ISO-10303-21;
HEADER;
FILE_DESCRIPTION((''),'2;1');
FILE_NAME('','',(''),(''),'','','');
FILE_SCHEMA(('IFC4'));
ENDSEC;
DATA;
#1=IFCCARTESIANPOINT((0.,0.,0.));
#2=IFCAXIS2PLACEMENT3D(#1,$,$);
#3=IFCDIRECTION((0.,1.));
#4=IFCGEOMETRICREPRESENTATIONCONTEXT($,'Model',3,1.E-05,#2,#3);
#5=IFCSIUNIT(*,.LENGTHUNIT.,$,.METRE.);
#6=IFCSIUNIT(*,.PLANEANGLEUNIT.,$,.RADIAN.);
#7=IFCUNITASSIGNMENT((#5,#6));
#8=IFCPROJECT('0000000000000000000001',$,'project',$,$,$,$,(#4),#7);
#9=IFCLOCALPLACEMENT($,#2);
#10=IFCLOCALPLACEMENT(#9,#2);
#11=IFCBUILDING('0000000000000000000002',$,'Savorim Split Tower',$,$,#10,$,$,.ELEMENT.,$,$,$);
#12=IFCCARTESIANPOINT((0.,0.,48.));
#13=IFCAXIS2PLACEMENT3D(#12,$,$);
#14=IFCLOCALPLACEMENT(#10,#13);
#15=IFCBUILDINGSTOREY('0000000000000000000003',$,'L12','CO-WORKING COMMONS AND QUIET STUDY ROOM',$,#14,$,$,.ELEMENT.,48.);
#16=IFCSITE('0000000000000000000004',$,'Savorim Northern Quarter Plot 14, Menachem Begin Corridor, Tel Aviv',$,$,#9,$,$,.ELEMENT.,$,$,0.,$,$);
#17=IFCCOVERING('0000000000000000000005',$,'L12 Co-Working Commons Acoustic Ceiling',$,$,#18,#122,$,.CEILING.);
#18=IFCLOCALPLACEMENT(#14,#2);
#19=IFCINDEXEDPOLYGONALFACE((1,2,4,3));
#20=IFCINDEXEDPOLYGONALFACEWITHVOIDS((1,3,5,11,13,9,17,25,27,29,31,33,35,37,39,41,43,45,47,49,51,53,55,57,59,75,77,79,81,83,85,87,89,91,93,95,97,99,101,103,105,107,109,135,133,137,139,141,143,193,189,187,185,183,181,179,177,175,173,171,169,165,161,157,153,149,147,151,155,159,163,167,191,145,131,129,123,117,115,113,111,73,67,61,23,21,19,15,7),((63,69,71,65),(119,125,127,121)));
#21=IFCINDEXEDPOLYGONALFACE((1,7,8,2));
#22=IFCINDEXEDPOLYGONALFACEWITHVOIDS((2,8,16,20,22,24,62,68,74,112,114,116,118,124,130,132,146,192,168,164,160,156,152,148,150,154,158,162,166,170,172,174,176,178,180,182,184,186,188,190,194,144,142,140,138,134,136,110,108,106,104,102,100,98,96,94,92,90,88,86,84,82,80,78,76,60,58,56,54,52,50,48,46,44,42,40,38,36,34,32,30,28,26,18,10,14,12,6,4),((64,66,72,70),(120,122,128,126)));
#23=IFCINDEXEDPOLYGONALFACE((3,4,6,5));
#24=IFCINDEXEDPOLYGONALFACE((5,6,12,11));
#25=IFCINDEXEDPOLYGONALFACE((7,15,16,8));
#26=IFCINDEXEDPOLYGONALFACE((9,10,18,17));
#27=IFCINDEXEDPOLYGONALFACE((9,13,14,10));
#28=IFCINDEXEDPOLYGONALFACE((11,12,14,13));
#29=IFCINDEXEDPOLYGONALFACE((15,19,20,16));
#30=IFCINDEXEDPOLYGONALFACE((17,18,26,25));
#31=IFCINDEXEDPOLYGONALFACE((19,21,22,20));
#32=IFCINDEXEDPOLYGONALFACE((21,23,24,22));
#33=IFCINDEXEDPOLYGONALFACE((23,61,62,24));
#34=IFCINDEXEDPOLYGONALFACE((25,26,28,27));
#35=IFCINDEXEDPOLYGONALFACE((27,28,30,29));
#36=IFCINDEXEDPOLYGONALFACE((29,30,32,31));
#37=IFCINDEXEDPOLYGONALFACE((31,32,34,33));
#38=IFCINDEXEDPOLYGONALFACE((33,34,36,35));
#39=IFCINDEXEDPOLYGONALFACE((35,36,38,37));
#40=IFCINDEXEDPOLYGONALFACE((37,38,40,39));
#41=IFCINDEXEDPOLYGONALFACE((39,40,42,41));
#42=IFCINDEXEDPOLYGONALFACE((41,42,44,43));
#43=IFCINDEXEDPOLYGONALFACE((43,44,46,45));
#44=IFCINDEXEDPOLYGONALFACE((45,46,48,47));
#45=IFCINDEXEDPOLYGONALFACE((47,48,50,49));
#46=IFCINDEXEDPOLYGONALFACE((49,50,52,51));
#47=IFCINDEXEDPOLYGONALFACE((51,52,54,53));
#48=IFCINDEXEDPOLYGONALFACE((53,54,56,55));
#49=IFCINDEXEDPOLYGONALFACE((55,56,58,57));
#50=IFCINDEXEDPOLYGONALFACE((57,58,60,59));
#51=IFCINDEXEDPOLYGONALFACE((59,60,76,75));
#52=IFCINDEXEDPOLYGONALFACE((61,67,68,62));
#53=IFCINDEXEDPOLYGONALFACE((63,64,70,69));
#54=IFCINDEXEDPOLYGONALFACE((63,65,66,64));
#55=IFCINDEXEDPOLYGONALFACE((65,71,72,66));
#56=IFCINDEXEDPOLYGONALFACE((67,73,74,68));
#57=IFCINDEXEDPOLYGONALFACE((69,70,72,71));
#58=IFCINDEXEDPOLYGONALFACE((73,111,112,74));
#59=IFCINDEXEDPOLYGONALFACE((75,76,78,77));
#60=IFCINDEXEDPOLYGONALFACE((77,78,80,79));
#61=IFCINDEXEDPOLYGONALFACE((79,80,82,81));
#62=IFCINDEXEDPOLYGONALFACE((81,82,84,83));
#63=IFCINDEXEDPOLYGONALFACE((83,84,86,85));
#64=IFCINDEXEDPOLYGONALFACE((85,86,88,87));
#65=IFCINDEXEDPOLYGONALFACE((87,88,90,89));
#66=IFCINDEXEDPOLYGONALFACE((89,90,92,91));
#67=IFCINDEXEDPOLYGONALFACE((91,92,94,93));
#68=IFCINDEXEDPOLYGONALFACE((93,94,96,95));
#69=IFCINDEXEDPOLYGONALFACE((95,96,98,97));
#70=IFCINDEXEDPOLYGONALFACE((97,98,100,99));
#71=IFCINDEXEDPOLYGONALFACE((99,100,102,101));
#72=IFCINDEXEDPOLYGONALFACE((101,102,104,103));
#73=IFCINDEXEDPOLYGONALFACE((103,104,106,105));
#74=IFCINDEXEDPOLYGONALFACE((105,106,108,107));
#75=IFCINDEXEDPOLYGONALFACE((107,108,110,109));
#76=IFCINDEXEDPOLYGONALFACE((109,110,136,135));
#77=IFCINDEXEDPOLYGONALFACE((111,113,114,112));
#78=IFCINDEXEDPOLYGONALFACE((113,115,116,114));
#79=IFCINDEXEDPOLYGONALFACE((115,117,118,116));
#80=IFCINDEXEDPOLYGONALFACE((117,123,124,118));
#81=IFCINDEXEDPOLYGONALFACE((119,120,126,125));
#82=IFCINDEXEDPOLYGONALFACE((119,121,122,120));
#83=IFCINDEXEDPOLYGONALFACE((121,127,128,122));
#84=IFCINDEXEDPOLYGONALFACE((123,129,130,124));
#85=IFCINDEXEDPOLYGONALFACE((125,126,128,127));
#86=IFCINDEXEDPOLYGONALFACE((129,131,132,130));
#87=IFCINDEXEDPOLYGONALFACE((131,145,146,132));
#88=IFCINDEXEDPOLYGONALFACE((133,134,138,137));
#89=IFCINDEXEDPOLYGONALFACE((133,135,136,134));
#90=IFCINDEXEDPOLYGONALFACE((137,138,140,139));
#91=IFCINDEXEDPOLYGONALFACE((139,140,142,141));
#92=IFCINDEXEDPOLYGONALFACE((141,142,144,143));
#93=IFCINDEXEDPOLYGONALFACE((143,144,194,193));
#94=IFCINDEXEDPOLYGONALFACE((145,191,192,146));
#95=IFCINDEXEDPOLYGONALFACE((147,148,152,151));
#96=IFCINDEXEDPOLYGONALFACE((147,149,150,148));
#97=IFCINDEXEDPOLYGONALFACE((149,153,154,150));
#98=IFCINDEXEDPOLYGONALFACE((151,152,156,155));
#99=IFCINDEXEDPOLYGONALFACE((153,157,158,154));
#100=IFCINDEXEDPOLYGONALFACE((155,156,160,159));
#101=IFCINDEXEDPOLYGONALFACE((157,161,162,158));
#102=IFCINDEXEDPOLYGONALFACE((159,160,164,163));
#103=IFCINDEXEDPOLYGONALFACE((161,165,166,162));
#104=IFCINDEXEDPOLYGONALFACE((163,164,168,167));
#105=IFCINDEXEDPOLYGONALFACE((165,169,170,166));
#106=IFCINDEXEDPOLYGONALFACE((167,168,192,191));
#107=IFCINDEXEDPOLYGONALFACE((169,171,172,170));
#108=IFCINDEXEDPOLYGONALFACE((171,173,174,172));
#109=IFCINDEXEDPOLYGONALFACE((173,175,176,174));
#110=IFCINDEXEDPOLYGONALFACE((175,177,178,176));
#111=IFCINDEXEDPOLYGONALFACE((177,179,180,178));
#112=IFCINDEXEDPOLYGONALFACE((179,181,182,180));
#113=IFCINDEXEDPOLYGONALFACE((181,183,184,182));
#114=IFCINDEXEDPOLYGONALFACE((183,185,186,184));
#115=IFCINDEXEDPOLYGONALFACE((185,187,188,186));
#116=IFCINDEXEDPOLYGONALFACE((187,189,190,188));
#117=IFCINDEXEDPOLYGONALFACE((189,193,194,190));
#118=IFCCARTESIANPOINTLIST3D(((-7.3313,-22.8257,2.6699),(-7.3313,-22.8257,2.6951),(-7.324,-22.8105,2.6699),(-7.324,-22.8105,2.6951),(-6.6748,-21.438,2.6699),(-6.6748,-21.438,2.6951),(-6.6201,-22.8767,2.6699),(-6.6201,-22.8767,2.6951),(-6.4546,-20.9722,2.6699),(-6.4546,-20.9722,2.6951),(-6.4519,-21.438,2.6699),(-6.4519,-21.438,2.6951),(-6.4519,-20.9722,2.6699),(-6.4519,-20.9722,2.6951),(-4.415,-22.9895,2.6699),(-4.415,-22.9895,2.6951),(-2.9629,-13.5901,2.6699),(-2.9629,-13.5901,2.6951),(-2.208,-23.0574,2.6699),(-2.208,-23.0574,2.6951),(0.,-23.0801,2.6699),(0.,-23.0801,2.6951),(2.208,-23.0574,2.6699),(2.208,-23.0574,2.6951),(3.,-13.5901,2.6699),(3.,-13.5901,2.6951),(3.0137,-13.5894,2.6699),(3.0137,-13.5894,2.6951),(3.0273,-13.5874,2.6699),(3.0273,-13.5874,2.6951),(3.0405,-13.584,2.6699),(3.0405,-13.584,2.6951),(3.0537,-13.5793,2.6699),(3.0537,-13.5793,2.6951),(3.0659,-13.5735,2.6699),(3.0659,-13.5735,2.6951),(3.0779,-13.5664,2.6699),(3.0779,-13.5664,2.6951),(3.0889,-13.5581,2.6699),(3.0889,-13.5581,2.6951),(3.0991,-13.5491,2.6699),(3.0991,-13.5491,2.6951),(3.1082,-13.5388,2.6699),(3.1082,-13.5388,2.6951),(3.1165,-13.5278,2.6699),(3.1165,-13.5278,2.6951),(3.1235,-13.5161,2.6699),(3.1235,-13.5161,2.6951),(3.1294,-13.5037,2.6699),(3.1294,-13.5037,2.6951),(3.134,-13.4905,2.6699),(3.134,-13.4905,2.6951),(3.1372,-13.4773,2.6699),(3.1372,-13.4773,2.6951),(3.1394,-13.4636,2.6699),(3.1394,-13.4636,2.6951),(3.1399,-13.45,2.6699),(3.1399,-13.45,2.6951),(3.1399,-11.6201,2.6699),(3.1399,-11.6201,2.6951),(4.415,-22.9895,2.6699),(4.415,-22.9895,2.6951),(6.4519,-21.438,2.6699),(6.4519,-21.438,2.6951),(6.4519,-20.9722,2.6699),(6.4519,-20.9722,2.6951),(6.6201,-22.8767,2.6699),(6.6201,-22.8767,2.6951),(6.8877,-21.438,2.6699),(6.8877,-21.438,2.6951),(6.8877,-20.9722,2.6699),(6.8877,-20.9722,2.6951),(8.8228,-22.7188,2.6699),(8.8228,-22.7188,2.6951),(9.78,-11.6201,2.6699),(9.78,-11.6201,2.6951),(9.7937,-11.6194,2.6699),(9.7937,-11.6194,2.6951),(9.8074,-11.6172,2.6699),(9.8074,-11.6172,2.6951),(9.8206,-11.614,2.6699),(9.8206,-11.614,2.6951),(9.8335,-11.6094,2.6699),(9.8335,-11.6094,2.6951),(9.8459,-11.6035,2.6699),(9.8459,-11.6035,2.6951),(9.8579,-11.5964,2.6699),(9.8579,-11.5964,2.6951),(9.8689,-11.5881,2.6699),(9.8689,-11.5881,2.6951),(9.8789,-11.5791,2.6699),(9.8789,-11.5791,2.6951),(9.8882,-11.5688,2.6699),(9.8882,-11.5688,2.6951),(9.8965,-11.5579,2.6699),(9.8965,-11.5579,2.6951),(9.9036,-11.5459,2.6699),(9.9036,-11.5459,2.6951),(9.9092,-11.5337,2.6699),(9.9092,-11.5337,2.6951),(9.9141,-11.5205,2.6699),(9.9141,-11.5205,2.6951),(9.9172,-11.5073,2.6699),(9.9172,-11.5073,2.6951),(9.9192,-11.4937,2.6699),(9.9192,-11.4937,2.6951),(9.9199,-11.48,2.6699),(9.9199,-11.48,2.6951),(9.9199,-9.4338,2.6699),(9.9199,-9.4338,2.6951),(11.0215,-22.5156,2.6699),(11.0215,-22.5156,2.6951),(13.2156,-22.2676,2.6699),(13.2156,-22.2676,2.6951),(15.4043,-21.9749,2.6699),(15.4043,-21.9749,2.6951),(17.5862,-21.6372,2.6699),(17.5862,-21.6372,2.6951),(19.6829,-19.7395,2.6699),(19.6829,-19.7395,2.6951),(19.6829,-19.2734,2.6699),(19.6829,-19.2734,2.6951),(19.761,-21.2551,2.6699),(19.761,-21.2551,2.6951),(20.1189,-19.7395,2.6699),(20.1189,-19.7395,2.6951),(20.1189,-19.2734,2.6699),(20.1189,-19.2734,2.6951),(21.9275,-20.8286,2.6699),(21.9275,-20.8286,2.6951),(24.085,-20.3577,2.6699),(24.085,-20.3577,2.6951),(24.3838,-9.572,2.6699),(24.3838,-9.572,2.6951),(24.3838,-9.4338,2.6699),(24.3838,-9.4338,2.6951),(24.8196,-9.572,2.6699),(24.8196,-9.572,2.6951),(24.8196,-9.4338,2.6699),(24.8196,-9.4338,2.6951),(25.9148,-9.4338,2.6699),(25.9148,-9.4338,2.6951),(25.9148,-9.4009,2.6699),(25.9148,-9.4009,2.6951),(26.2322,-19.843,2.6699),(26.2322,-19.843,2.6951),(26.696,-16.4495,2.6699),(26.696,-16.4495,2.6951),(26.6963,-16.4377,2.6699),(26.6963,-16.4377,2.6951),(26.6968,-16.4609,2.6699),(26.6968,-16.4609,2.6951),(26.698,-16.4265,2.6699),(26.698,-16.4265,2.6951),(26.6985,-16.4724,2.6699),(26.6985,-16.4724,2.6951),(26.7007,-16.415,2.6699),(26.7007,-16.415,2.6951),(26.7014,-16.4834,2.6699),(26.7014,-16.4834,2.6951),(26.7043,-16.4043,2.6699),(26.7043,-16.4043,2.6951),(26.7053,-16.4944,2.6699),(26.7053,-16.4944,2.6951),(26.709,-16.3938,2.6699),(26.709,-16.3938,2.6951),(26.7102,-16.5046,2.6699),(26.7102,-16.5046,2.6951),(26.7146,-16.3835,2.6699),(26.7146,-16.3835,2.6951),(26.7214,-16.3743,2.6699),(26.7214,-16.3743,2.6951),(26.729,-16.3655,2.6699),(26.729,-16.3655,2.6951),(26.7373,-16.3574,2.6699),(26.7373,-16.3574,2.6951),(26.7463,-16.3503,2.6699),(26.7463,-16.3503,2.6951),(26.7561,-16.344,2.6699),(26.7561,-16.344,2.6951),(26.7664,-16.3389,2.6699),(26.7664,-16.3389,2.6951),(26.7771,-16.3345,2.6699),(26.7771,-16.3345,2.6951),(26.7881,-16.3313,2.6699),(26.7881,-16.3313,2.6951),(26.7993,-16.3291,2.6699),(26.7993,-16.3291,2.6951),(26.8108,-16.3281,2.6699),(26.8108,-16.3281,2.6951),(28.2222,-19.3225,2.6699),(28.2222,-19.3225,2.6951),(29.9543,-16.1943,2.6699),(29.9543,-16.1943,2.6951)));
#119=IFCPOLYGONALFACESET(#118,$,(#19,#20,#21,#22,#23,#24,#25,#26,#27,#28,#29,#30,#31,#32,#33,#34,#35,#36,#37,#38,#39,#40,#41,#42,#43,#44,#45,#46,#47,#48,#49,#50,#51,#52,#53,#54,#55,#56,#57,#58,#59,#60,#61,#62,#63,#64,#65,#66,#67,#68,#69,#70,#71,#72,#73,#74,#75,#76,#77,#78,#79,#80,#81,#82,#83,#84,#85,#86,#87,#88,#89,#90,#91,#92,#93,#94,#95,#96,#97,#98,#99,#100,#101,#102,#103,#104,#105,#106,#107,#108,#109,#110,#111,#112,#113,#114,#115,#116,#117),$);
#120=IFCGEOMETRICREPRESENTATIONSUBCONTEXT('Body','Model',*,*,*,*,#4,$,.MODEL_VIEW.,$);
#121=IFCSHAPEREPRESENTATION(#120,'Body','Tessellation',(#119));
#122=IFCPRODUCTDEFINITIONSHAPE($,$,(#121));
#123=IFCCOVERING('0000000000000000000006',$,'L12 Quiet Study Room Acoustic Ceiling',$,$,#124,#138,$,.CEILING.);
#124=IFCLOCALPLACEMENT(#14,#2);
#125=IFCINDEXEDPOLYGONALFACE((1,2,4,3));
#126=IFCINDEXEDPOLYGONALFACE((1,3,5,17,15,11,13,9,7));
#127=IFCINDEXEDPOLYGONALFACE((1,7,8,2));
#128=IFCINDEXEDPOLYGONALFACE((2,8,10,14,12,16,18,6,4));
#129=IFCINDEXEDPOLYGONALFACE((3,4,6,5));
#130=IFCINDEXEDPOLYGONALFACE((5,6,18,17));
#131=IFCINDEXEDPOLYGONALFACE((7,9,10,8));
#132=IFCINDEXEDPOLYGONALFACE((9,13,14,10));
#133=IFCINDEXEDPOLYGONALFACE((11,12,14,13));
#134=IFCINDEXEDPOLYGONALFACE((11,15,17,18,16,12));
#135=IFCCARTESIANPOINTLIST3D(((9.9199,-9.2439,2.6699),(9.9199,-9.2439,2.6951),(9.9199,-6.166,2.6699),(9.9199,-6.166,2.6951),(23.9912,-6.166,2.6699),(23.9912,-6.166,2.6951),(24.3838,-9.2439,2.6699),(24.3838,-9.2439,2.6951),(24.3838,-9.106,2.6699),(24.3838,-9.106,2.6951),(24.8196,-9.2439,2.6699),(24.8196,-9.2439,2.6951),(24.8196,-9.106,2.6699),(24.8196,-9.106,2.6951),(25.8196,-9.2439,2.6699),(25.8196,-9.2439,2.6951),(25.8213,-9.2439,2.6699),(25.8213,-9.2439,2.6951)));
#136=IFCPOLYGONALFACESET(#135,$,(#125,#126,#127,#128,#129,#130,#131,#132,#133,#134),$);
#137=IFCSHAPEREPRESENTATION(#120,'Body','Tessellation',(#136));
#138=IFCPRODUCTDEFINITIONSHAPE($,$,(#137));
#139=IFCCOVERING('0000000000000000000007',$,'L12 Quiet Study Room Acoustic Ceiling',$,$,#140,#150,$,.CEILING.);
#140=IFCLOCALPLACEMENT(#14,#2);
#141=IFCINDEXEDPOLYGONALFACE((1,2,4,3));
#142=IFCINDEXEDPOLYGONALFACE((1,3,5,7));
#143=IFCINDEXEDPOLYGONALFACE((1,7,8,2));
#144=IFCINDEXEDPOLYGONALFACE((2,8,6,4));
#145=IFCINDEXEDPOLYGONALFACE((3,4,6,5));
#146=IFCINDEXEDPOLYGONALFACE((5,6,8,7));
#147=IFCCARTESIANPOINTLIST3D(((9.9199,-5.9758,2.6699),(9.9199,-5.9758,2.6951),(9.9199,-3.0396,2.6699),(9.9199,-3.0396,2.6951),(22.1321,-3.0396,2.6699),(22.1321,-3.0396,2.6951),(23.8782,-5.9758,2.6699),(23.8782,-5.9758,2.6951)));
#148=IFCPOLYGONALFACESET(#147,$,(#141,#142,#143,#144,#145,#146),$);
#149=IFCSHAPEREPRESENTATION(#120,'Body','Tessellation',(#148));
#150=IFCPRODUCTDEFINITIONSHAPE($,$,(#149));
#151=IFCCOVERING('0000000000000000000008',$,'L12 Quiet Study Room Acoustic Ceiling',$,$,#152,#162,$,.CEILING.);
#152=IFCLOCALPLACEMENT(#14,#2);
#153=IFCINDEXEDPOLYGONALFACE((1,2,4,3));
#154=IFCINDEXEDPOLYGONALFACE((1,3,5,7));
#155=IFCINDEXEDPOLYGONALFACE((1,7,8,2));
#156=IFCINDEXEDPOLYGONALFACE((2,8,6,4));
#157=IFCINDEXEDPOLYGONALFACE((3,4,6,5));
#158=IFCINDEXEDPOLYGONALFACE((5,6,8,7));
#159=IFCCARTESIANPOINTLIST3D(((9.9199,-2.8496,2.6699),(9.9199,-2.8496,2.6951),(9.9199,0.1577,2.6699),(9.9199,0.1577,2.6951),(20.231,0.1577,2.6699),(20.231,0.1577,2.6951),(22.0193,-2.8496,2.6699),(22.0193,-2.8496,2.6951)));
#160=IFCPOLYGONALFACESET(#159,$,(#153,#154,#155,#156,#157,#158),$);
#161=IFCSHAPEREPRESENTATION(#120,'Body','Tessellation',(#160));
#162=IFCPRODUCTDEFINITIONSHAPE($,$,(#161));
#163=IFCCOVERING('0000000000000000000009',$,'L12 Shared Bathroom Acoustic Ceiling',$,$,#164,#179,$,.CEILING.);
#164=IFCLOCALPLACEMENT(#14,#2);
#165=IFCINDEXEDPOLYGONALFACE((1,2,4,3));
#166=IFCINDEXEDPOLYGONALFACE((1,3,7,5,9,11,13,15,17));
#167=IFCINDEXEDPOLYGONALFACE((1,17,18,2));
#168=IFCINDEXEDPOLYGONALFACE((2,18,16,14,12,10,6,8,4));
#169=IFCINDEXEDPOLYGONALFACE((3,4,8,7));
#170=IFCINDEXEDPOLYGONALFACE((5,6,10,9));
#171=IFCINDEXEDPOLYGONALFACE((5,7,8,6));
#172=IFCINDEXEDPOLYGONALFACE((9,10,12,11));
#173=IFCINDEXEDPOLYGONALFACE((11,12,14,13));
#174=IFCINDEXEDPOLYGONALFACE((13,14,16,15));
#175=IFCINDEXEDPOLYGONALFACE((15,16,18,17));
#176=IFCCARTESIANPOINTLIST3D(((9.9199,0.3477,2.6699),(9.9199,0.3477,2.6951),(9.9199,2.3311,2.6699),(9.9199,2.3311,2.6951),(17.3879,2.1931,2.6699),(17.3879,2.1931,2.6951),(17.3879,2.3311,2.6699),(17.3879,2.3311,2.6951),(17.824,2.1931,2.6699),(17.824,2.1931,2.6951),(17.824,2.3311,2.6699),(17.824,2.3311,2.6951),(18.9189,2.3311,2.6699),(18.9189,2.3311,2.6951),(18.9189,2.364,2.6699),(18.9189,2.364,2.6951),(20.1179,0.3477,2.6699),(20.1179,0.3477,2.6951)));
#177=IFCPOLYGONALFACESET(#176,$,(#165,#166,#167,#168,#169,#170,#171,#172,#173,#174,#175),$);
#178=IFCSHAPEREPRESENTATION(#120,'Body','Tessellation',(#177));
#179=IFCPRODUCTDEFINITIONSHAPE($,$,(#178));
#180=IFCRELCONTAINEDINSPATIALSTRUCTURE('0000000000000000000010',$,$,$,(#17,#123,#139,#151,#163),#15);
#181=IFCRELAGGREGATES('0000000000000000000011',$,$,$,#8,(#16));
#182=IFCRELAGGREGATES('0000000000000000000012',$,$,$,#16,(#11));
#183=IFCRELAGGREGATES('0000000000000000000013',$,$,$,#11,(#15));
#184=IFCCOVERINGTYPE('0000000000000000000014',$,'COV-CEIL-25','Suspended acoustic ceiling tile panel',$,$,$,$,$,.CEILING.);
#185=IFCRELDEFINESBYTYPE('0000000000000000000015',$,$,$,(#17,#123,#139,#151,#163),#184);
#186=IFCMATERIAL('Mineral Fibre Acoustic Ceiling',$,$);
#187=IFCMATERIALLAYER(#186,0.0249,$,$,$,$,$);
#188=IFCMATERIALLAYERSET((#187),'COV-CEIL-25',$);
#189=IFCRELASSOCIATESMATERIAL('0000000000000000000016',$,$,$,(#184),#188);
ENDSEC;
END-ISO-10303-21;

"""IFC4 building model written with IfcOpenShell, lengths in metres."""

from ifc_helpers import new_model, si_unit, direction, frame, origin, place, context, subcontext, project, spatial, polyline, outline, extrude, material, layer, layer_set, type_object, element, save


model = new_model("IFC4")

# Units and contexts
model_context = context("Model", 3, precision=1e-05, world=origin(), true_north=direction((0.0, 1.0)))
body_context = subcontext(model_context, "Body", "Model", "MODEL_VIEW")
ifc_project = project(units=[si_unit("LENGTHUNIT", "METRE"), si_unit("PLANEANGLEUNIT", "RADIAN")], contexts=[model_context])

# Site, building, storey
site_placement = place(None, origin())
site = spatial("IfcSite", under=ifc_project, at=site_placement, Name="Savorim Northern Quarter Plot 14, Menachem Begin Corridor, Tel Aviv", CompositionType="ELEMENT", RefElevation=0.0)
building_placement = place(site_placement, origin())
building = spatial("IfcBuilding", under=site, at=building_placement, Name="Savorim Split Tower", CompositionType="ELEMENT")
storey_placement = place(building_placement, frame((0.0, 0.0, 48.0)))
storey = spatial("IfcBuildingStorey", under=building, at=storey_placement, Name="L12", Description="CO-WORKING COMMONS AND QUIET STUDY ROOM", CompositionType="ELEMENT", Elevation=48.0)

# Coverings
ifc_material_1 = material(Name="Mineral Fibre Acoustic Ceiling")
ifc_layer_1 = layer(ifc_material_1, 0.0249)
ifc_layer_set_1 = layer_set([ifc_layer_1], Name="COV-CEIL-25")
covering_type_1 = type_object("IfcCoveringType", Name="COV-CEIL-25", Description="Suspended acoustic ceiling tile panel", PredefinedType="CEILING", material=ifc_layer_set_1)
covering_1_placement = place(storey_placement, frame((0.0, 0.0, 2.6699)))
element("IfcCovering", 1, at=covering_1_placement, inside=storey, type_object=covering_type_1, Name="L12 Co-Working Commons Acoustic Ceiling", PredefinedType="CEILING", context=body_context, shape_type="SweptSolid", body=[
    extrude(outline(polyline([(26.7881, -16.3313), (26.7993, -16.3291), (26.8108, -16.3281), (29.9543, -16.1943), (25.9148, -9.4009), (25.9148, -9.4338), (24.8196, -9.4338), (24.8196, -9.572), (24.3838, -9.572), (24.3838, -9.4338), (9.9199, -9.4338), (9.9199, -11.48), (9.9192, -11.4937), (9.9172, -11.5073), (9.9141, -11.5205), (9.9092, -11.5337), (9.9036, -11.5459), (9.8965, -11.5579), (9.8882, -11.5688), (9.8789, -11.5791), (9.8689, -11.5881), (9.8579, -11.5964), (9.8459, -11.6035), (9.8335, -11.6094), (9.8206, -11.614), (9.8074, -11.6172), (9.7937, -11.6194), (9.78, -11.6201), (3.1399, -11.6201), (3.1399, -13.45), (3.1394, -13.4636), (3.1372, -13.4773), (3.134, -13.4905), (3.1294, -13.5037), (3.1235, -13.5161), (3.1165, -13.5278), (3.1082, -13.5388), (3.0991, -13.5491), (3.0889, -13.5581), (3.0779, -13.5664), (3.0659, -13.5735), (3.0537, -13.5793), (3.0405, -13.584), (3.0273, -13.5874), (3.0137, -13.5894), (3.0, -13.5901), (-2.9629, -13.5901), (-6.4546, -20.9722), (-6.4519, -20.9722), (-6.4519, -21.438), (-6.6748, -21.438), (-7.324, -22.8105), (-7.3313, -22.8257), (-6.6201, -22.8767), (-4.415, -22.9895), (-2.208, -23.0574), (0.0, -23.0801), (2.208, -23.0574), (4.415, -22.9895), (6.6201, -22.8767), (8.8228, -22.7188), (11.0215, -22.5156), (13.2156, -22.2676), (15.4043, -21.9749), (17.5862, -21.6372), (19.761, -21.2551), (21.9275, -20.8286), (24.085, -20.3577), (26.2322, -19.843), (28.2222, -19.3225), (26.7102, -16.5046), (26.7053, -16.4944), (26.7014, -16.4834), (26.6985, -16.4724), (26.6968, -16.4609), (26.696, -16.4495), (26.6963, -16.4377), (26.698, -16.4265), (26.7007, -16.415), (26.7043, -16.4043), (26.709, -16.3938), (26.7146, -16.3835), (26.7214, -16.3743), (26.729, -16.3655), (26.7373, -16.3574), (26.7463, -16.3503), (26.7561, -16.344), (26.7664, -16.3389), (26.7771, -16.3345), (26.7881, -16.3313)]), holes=[polyline([(6.4519, -21.438), (6.8877, -21.438), (6.8877, -20.9722), (6.4519, -20.9722), (6.4519, -21.438)]), polyline([(20.1189, -19.7395), (20.1189, -19.2734), (19.6829, -19.2734), (19.6829, -19.7395), (20.1189, -19.7395)])]), origin(), (0.0, 0.0, 1.0), 0.0251),
])
covering_2_placement = place(storey_placement, frame((0.0, 0.0, 2.6699)))
element("IfcCovering", 2, at=covering_2_placement, inside=storey, type_object=covering_type_1, Name="L12 Quiet Study Room Acoustic Ceiling", PredefinedType="CEILING", context=body_context, shape_type="SweptSolid", body=[
    extrude(outline(polyline([(24.8196, -9.106), (24.8196, -9.2439), (25.8196, -9.2439), (25.8213, -9.2439), (23.9912, -6.166), (9.9199, -6.166), (9.9199, -9.2439), (24.3838, -9.2439), (24.3838, -9.106), (24.8196, -9.106)])), origin(), (0.0, 0.0, 1.0), 0.0251),
])
covering_3_placement = place(storey_placement, frame((0.0, 0.0, 2.6699)))
element("IfcCovering", 3, at=covering_3_placement, inside=storey, type_object=covering_type_1, Name="L12 Quiet Study Room Acoustic Ceiling", PredefinedType="CEILING", context=body_context, shape_type="SweptSolid", body=[
    extrude(outline(polyline([(23.8782, -5.9758), (22.1321, -3.0396), (9.9199, -3.0396), (9.9199, -5.9758), (23.8782, -5.9758)])), origin(), (0.0, 0.0, 1.0), 0.0251),
])
covering_4_placement = place(storey_placement, frame((0.0, 0.0, 2.6699)))
element("IfcCovering", 4, at=covering_4_placement, inside=storey, type_object=covering_type_1, Name="L12 Quiet Study Room Acoustic Ceiling", PredefinedType="CEILING", context=body_context, shape_type="SweptSolid", body=[
    extrude(outline(polyline([(22.0193, -2.8496), (20.231, 0.1577), (9.9199, 0.1577), (9.9199, -2.8496), (22.0193, -2.8496)])), origin(), (0.0, 0.0, 1.0), 0.0251),
])
covering_5_placement = place(storey_placement, frame((0.0, 0.0, 2.6699)))
element("IfcCovering", 5, at=covering_5_placement, inside=storey, type_object=covering_type_1, Name="L12 Shared Bathroom Acoustic Ceiling", PredefinedType="CEILING", context=body_context, shape_type="SweptSolid", body=[
    extrude(outline(polyline([(17.3879, 2.1931), (17.3879, 2.3311), (9.9199, 2.3311), (9.9199, 0.3477), (20.1179, 0.3477), (18.9189, 2.364), (18.9189, 2.3311), (17.824, 2.3311), (17.824, 2.1931), (17.3879, 2.1931)])), origin(), (0.0, 0.0, 1.0), 0.0251),
])

save(model, "model.ifc")
